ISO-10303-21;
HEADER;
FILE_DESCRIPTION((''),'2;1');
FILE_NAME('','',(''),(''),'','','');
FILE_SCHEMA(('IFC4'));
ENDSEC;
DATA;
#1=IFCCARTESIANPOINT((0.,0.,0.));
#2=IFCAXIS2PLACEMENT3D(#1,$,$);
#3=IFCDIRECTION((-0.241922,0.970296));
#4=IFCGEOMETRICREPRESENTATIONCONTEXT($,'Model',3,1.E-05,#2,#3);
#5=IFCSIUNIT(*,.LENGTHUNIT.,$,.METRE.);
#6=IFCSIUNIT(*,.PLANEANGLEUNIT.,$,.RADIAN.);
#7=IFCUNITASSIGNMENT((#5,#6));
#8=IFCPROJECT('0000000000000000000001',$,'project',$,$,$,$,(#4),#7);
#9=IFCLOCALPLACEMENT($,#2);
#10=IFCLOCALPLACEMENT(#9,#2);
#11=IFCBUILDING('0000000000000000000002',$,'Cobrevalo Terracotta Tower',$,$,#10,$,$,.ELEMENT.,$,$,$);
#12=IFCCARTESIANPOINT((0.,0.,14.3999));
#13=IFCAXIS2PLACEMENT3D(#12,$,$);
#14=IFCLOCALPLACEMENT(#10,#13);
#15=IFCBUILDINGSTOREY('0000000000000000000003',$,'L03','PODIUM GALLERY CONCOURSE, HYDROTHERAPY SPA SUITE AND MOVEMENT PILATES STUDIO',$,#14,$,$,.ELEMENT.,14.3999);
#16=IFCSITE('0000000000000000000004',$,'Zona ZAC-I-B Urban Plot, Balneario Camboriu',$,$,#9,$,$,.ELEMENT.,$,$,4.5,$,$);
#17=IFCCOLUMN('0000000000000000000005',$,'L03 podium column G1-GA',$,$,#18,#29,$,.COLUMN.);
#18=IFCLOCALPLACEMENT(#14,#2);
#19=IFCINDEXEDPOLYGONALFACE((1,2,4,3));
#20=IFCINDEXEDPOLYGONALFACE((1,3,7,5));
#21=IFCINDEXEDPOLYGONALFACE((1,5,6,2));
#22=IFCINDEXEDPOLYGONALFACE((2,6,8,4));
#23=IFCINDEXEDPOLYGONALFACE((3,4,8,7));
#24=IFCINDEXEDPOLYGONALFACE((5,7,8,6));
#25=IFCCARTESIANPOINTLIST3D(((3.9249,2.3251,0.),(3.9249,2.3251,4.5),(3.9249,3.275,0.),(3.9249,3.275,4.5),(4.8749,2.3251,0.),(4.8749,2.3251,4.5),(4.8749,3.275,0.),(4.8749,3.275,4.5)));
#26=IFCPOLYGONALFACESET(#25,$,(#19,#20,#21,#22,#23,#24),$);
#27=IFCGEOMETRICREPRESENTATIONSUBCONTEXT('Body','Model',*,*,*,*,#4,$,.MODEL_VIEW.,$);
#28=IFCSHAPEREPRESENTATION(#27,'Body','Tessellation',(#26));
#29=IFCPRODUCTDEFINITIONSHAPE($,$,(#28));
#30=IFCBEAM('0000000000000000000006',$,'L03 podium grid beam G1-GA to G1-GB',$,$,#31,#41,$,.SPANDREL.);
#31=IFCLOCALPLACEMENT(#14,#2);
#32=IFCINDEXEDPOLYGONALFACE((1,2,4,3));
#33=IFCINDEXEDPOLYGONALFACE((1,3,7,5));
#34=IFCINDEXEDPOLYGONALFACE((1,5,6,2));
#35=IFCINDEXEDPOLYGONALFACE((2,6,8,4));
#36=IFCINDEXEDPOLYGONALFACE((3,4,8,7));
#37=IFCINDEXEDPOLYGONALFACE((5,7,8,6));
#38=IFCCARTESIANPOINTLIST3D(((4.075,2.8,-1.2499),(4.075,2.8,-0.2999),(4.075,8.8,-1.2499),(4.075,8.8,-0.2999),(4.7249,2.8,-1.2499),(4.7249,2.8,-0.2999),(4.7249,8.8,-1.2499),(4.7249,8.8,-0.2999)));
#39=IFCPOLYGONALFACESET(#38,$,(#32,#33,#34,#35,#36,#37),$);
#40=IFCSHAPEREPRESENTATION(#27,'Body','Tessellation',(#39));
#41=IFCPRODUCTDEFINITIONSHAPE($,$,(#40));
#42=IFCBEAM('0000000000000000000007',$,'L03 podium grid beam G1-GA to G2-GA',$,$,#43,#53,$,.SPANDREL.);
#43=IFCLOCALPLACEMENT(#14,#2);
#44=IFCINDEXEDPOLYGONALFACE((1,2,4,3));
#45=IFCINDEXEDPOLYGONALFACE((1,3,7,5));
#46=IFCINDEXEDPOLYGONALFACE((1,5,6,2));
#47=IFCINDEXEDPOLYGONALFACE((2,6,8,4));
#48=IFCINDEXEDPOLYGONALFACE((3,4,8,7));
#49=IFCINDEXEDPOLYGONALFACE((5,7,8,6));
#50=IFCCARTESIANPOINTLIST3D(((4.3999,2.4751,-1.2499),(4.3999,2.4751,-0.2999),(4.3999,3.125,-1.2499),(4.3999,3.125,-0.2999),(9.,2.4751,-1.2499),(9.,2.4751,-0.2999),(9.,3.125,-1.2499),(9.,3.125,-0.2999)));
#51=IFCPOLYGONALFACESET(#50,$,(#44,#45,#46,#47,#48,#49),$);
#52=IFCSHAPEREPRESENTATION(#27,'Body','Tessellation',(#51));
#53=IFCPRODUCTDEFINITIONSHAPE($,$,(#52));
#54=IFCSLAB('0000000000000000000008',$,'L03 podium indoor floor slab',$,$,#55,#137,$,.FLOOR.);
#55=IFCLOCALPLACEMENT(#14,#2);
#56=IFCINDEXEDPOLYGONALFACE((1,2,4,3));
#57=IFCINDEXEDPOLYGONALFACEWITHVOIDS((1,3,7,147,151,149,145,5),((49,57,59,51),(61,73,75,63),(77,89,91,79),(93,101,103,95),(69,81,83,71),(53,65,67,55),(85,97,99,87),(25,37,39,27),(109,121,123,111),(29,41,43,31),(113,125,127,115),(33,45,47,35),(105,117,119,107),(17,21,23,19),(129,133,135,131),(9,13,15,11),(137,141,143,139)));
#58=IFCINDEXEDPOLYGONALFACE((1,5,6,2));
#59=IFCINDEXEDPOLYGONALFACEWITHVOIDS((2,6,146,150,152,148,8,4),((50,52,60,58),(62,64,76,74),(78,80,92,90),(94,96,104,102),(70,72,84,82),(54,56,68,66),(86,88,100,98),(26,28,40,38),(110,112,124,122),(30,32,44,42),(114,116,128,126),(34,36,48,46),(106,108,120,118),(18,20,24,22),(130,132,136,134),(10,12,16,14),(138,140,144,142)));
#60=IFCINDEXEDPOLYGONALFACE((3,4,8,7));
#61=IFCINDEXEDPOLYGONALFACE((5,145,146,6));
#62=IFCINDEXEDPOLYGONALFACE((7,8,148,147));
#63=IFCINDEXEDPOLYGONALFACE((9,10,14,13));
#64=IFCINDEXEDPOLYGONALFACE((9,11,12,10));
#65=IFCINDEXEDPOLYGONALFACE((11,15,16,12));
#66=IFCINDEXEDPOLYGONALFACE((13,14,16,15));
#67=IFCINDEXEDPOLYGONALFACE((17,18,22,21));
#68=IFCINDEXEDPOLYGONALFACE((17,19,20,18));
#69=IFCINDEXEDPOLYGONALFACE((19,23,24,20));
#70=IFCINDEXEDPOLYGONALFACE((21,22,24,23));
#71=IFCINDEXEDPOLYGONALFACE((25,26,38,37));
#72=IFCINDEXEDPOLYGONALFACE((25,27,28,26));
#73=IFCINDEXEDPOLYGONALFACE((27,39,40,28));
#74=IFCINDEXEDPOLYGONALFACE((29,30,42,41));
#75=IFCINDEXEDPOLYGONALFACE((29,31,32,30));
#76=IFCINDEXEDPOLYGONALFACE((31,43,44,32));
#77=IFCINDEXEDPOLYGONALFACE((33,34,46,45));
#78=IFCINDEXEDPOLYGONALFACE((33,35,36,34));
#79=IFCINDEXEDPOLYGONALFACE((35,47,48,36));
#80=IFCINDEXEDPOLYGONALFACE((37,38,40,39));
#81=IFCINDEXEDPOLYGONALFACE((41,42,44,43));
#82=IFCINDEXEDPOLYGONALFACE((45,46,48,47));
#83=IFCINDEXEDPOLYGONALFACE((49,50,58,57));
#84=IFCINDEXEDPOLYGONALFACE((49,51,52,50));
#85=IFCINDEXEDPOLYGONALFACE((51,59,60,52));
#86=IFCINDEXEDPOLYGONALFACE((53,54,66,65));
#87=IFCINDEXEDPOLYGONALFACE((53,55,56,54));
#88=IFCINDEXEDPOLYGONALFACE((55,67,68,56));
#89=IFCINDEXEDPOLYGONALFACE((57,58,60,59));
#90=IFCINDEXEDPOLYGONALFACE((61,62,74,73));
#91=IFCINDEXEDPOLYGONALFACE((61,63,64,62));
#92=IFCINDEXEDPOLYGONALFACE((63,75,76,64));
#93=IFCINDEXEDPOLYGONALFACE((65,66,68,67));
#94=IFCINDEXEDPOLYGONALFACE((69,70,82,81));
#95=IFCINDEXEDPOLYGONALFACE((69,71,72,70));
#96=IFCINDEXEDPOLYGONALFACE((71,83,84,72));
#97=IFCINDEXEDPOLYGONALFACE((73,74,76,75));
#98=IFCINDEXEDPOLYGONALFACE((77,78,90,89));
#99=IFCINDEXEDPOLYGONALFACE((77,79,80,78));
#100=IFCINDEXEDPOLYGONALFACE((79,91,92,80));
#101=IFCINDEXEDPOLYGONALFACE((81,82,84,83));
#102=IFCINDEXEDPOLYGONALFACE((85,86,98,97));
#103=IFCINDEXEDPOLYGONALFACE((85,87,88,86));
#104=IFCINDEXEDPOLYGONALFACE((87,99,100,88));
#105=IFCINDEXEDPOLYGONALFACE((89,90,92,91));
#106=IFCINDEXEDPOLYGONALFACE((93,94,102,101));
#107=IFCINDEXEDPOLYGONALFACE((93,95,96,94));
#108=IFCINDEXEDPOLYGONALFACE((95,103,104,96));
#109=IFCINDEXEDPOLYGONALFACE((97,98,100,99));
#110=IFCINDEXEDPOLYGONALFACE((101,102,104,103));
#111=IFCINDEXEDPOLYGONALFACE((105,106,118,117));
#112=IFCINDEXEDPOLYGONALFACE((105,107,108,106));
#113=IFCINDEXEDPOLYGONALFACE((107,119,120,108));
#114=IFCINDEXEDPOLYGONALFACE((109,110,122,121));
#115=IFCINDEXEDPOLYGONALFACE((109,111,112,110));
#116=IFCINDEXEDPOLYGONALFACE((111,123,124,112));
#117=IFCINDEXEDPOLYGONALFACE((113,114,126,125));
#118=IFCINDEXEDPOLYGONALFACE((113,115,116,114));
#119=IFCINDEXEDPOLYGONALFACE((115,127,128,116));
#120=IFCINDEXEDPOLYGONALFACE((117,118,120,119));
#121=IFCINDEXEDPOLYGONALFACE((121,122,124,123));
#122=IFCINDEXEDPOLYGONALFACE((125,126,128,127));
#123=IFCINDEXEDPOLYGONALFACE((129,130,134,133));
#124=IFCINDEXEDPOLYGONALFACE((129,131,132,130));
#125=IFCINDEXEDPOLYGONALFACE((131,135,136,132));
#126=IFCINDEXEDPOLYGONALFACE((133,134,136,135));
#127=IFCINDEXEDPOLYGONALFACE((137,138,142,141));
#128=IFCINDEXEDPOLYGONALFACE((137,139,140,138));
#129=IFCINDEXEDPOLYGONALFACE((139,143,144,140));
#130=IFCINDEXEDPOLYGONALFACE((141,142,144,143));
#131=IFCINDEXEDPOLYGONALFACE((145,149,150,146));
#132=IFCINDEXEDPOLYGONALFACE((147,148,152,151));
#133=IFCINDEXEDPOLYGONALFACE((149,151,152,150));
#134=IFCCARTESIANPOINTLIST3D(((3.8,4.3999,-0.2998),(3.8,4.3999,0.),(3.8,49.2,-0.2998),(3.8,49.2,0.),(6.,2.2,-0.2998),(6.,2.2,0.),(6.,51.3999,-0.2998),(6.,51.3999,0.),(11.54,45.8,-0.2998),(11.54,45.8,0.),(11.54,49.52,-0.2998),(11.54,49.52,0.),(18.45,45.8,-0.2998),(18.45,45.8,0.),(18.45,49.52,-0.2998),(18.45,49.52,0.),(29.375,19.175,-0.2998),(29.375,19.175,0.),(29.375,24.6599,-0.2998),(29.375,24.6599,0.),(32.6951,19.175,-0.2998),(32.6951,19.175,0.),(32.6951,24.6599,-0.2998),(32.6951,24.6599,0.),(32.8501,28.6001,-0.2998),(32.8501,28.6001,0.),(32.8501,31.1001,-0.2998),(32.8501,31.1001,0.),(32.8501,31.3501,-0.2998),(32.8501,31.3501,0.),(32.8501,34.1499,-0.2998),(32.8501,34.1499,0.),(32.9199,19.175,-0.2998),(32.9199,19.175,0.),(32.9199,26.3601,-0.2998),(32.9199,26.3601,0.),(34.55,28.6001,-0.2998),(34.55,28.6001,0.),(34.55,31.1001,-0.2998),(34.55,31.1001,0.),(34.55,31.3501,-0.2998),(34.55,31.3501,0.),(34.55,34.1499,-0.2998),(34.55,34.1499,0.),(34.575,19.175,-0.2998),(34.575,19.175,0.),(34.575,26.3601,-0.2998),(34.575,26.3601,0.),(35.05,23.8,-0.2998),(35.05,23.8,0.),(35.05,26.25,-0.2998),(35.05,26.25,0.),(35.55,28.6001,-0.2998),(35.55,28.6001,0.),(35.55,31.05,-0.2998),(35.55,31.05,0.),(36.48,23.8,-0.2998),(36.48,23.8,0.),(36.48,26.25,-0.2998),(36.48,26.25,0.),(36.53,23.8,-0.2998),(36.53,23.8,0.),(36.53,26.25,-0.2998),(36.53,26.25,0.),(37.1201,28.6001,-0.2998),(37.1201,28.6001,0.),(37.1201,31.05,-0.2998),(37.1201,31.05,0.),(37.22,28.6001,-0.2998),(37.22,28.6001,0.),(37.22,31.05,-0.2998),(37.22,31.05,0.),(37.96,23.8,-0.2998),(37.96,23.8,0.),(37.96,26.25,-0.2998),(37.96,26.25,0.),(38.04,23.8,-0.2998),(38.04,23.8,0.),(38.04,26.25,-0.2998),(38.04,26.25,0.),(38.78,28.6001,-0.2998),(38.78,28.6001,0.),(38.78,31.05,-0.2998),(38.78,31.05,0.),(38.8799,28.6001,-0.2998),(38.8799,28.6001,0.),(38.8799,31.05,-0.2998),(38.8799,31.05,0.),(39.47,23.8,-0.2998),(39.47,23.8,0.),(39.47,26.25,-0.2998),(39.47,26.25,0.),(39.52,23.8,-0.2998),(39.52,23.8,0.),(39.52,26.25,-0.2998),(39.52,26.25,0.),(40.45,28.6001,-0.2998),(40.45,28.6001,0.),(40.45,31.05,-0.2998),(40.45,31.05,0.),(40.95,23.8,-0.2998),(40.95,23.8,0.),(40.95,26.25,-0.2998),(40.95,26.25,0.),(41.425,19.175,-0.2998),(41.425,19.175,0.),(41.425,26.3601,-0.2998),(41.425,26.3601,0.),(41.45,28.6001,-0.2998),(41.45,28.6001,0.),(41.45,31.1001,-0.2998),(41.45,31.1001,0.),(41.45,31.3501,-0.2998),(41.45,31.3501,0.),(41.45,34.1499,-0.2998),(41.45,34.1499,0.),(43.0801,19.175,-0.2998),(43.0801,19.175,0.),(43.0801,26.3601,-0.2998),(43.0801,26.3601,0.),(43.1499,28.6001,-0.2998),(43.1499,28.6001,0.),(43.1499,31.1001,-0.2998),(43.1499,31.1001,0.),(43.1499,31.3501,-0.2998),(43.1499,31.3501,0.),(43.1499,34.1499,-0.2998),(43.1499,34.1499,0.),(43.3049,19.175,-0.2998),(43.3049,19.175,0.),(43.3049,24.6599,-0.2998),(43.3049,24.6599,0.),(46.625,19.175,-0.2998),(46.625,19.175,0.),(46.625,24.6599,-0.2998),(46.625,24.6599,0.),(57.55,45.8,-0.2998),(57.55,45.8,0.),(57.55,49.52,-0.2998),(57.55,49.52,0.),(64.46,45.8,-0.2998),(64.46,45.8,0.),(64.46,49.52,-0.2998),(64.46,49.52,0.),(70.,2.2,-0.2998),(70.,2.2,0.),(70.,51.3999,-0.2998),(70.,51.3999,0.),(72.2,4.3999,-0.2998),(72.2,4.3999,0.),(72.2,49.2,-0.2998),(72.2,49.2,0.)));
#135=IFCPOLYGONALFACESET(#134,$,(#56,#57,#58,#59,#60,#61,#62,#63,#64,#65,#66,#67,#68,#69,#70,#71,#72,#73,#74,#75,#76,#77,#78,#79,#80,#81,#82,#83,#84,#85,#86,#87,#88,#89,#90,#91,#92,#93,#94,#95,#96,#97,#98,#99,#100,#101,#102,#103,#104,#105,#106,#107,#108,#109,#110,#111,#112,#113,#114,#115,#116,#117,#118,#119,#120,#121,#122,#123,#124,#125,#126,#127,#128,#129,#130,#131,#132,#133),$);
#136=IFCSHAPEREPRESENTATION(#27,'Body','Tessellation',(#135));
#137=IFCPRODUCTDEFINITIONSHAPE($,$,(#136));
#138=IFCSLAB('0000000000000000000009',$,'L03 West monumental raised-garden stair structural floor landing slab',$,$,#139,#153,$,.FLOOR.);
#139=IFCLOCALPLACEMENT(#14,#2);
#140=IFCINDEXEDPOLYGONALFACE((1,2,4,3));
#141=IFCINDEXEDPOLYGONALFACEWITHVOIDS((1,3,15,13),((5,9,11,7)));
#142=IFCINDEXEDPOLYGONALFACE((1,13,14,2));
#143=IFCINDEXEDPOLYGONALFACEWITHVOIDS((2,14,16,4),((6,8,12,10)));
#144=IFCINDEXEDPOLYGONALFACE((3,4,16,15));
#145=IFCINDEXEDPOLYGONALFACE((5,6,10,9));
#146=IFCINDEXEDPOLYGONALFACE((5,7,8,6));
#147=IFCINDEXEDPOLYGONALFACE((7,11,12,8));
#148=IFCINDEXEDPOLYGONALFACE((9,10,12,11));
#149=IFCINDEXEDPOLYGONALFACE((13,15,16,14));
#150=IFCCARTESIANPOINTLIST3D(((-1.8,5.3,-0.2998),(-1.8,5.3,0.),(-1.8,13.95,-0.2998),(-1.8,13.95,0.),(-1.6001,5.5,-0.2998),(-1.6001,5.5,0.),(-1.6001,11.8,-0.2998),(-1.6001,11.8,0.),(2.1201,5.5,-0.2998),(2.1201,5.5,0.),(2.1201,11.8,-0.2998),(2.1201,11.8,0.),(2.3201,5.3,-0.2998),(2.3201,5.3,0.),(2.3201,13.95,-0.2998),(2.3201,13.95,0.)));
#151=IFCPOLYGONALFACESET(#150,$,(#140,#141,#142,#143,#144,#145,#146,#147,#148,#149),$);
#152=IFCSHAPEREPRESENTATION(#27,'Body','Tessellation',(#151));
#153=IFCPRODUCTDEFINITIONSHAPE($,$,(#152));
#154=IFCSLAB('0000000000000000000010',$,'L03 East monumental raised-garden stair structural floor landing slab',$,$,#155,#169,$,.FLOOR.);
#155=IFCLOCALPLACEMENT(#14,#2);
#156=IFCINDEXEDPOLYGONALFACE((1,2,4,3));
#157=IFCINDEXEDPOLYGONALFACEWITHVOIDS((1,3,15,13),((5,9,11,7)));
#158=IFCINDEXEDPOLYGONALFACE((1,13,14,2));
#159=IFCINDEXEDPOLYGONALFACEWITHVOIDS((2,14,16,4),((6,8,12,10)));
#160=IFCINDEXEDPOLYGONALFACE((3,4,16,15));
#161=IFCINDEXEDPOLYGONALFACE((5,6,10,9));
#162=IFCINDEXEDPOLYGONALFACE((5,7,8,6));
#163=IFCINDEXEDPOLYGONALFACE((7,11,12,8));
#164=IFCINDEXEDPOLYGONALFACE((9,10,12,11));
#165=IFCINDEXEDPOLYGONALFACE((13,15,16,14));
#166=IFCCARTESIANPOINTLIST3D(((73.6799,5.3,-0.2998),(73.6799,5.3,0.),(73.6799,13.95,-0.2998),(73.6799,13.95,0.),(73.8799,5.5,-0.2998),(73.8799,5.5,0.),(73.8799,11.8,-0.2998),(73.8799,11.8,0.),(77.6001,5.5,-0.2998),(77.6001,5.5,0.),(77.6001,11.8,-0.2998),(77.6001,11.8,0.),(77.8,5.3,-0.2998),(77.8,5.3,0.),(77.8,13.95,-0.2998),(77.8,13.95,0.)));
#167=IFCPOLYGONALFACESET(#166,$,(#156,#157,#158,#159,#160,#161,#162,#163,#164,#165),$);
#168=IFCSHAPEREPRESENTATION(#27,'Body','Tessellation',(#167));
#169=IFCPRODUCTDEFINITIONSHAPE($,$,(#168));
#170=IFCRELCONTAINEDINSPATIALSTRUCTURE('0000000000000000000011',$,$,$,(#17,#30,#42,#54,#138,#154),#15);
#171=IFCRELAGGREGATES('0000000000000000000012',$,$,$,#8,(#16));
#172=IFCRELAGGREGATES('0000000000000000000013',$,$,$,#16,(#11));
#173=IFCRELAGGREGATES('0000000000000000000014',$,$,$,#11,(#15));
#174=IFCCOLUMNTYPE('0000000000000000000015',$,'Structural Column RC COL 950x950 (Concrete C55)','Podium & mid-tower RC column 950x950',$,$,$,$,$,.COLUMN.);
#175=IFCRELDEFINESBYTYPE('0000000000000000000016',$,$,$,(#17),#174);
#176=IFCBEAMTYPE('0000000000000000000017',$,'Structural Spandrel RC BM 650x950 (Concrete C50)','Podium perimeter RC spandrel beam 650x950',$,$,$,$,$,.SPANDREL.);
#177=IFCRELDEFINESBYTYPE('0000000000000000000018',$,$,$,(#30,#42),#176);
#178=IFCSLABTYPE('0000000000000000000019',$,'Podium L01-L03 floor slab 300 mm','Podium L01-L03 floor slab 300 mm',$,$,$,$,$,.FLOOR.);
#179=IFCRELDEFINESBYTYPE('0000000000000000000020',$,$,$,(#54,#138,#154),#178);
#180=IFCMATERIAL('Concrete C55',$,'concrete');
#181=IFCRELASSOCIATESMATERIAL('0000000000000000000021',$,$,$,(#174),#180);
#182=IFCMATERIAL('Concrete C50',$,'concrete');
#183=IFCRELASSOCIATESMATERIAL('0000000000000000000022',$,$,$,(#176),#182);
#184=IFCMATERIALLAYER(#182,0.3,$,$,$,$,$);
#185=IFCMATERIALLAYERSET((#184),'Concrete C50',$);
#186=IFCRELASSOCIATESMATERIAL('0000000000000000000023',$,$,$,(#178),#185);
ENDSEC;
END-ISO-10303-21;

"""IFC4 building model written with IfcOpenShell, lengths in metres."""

from ifc_helpers import new_model, si_unit, direction, frame, origin, origin_2d, place, context, subcontext, project, spatial, polyline, rectangle, outline, extrude, material, layer, layer_set, material_profile, profile_set, type_object, element, save


model = new_model("IFC4")

# Units and contexts
model_context = context("Model", 3, precision=1e-05, world=origin(), true_north=direction((-0.241922, 0.970296)))
body_context = subcontext(model_context, "Body", "Model", "MODEL_VIEW")
ifc_project = project(units=[si_unit("LENGTHUNIT", "METRE"), si_unit("PLANEANGLEUNIT", "RADIAN")], contexts=[model_context])

# Site, building, storey
site_placement = place(None, origin())
site = spatial("IfcSite", under=ifc_project, at=site_placement, Name="Zona ZAC-I-B Urban Plot, Balneario Camboriu", CompositionType="ELEMENT", RefElevation=4.5)
building_placement = place(site_placement, origin())
building = spatial("IfcBuilding", under=site, at=building_placement, Name="Cobrevalo Terracotta Tower", CompositionType="ELEMENT")
storey_placement = place(building_placement, frame((0.0, 0.0, 14.3999)))
storey = spatial("IfcBuildingStorey", under=building, at=storey_placement, Name="L03", Description="PODIUM GALLERY CONCOURSE, HYDROTHERAPY SPA SUITE AND MOVEMENT PILATES STUDIO", CompositionType="ELEMENT", Elevation=14.3999)

# Column
ifc_material_1 = material(Name="Concrete C55", Category="concrete")
ifc_material_profile_1 = material_profile(ifc_material_1, rectangle(XDim=0.95, YDim=0.95, at=origin_2d()), Name="RC COL 950x950")
ifc_profile_set_1 = profile_set([ifc_material_profile_1], Name="Concrete C55")
column_type = type_object("IfcColumnType", Name="Structural Column RC COL 950x950 (Concrete C55)", Description="Podium & mid-tower RC column 950x950", PredefinedType="COLUMN", material=ifc_profile_set_1)
column_placement = place(storey_placement, frame((4.3999, 2.8, 0.0), z_axis=(0.0, 0.0, 1.0), x_axis=(1.0, 0.0, 0.0)))
element("IfcColumn", 1, at=column_placement, inside=storey, type_object=column_type, Name="L03 podium column G1-GA", PredefinedType="COLUMN", context=body_context, shape_type="SweptSolid", body=[
    extrude(rectangle(XDim=0.95, YDim=0.95, at=origin_2d()), origin(), (0.0, 0.0, 1.0), 4.5),
])

# Beams
ifc_material_2 = material(Name="Concrete C50", Category="concrete")
ifc_material_profile_2 = material_profile(ifc_material_2, rectangle(XDim=0.6499, YDim=0.95, at=origin_2d()), Name="RC BM 650x950")
ifc_profile_set_2 = profile_set([ifc_material_profile_2], Name="Concrete C50")
beam_type = type_object("IfcBeamType", Name="Structural Spandrel RC BM 650x950 (Concrete C50)", Description="Podium perimeter RC spandrel beam 650x950", PredefinedType="SPANDREL", material=ifc_profile_set_2)
beam_1_placement = place(storey_placement, frame((4.3999, 2.8, -0.7749), z_axis=(0.0, 1.0, 0.0), x_axis=(-1.0, 0.0, 0.0)))
element("IfcBeam", 2, at=beam_1_placement, inside=storey, type_object=beam_type, Name="L03 podium grid beam G1-GA to G1-GB", PredefinedType="SPANDREL", context=body_context, shape_type="SweptSolid", body=[
    extrude(rectangle(XDim=0.6499, YDim=0.95, at=origin_2d()), origin(), (0.0, 0.0, 1.0), 6.0),
])
beam_2_placement = place(storey_placement, frame((4.3999, 2.8, -0.7749), z_axis=(1.0, 0.0, 0.0), x_axis=(0.0, 1.0, 0.0)))
element("IfcBeam", 3, at=beam_2_placement, inside=storey, type_object=beam_type, Name="L03 podium grid beam G1-GA to G2-GA", PredefinedType="SPANDREL", context=body_context, shape_type="SweptSolid", body=[
    extrude(rectangle(XDim=0.6499, YDim=0.95, at=origin_2d()), origin(), (0.0, 0.0, 1.0), 4.6001),
])

# Slabs
ifc_layer_1 = layer(ifc_material_2, 0.3)
ifc_layer_set_1 = layer_set([ifc_layer_1], Name="Concrete C50")
slab_type_1 = type_object("IfcSlabType", Name="Podium L01-L03 floor slab 300 mm", Description="Podium L01-L03 floor slab 300 mm", PredefinedType="FLOOR", material=ifc_layer_set_1)
slab_1_placement = place(storey_placement, frame((0.0, 0.0, -0.2998)))
element("IfcSlab", 4, at=slab_1_placement, inside=storey, type_object=slab_type_1, Name="L03 podium indoor floor slab", PredefinedType="FLOOR", context=body_context, shape_type="SweptSolid", body=[
    extrude(outline(polyline([(3.8, 4.3999), (3.8, 49.2), (6.0, 51.3999), (70.0, 51.3999), (72.2, 49.2), (72.2, 4.3999), (70.0, 2.2), (6.0, 2.2), (3.8, 4.3999)]), holes=[polyline([(29.375, 19.175), (32.6951, 19.175), (32.6951, 24.6599), (29.375, 24.6599), (29.375, 19.175)]), polyline([(34.575, 19.175), (34.575, 26.3601), (32.9199, 26.3601), (32.9199, 19.175), (34.575, 19.175)]), polyline([(36.48, 23.8), (36.48, 26.25), (35.05, 26.25), (35.05, 23.8), (36.48, 23.8)]), polyline([(37.96, 23.8), (37.96, 26.25), (36.53, 26.25), (36.53, 23.8), (37.96, 23.8)]), polyline([(37.1201, 28.6001), (37.1201, 31.05), (35.55, 31.05), (35.55, 28.6001), (37.1201, 28.6001)]), polyline([(38.78, 28.6001), (38.78, 31.05), (37.22, 31.05), (37.22, 28.6001), (38.78, 28.6001)]), polyline([(34.55, 28.6001), (34.55, 31.1001), (32.8501, 31.1001), (32.8501, 28.6001), (34.55, 28.6001)]), polyline([(34.55, 31.3501), (34.55, 34.1499), (32.8501, 34.1499), (32.8501, 31.3501), (34.55, 31.3501)]), polyline([(18.45, 45.8), (18.45, 49.52), (11.54, 49.52), (11.54, 45.8), (18.45, 45.8)]), polyline([(43.3049, 19.175), (46.625, 19.175), (46.625, 24.6599), (43.3049, 24.6599), (43.3049, 19.175)]), polyline([(43.0801, 19.175), (43.0801, 26.3601), (41.425, 26.3601), (41.425, 19.175), (43.0801, 19.175)]), polyline([(39.47, 23.8), (39.47, 26.25), (38.04, 26.25), (38.04, 23.8), (39.47, 23.8)]), polyline([(40.95, 23.8), (40.95, 26.25), (39.52, 26.25), (39.52, 23.8), (40.95, 23.8)]), polyline([(40.45, 28.6001), (40.45, 31.05), (38.8799, 31.05), (38.8799, 28.6001), (40.45, 28.6001)]), polyline([(43.1499, 28.6001), (43.1499, 31.1001), (41.45, 31.1001), (41.45, 28.6001), (43.1499, 28.6001)]), polyline([(41.45, 31.3501), (43.1499, 31.3501), (43.1499, 34.1499), (41.45, 34.1499), (41.45, 31.3501)]), polyline([(64.46, 49.52), (57.55, 49.52), (57.55, 45.8), (64.46, 45.8), (64.46, 49.52)])]), origin(), (0.0, 0.0, 1.0), 0.2998),
])
slab_2_placement = place(storey_placement, frame((0.0, 0.0, -0.2998)))
element("IfcSlab", 5, at=slab_2_placement, inside=storey, type_object=slab_type_1, Name="L03 West monumental raised-garden stair structural floor landing slab", PredefinedType="FLOOR", context=body_context, shape_type="SweptSolid", body=[
    extrude(outline(polyline([(-1.8, 13.95), (2.3201, 13.95), (2.3201, 5.3), (-1.8, 5.3), (-1.8, 13.95)]), holes=[polyline([(-1.6001, 5.5), (2.1201, 5.5), (2.1201, 11.8), (-1.6001, 11.8), (-1.6001, 5.5)])]), origin(), (0.0, 0.0, 1.0), 0.2998),
])
slab_3_placement = place(storey_placement, frame((0.0, 0.0, -0.2998)))
element("IfcSlab", 6, at=slab_3_placement, inside=storey, type_object=slab_type_1, Name="L03 East monumental raised-garden stair structural floor landing slab", PredefinedType="FLOOR", context=body_context, shape_type="SweptSolid", body=[
    extrude(outline(polyline([(73.6799, 13.95), (77.8, 13.95), (77.8, 5.3), (73.6799, 5.3), (73.6799, 13.95)]), holes=[polyline([(73.8799, 5.5), (77.6001, 5.5), (77.6001, 11.8), (73.8799, 11.8), (73.8799, 5.5)])]), origin(), (0.0, 0.0, 1.0), 0.2998),
])

save(model, "model.ifc")
